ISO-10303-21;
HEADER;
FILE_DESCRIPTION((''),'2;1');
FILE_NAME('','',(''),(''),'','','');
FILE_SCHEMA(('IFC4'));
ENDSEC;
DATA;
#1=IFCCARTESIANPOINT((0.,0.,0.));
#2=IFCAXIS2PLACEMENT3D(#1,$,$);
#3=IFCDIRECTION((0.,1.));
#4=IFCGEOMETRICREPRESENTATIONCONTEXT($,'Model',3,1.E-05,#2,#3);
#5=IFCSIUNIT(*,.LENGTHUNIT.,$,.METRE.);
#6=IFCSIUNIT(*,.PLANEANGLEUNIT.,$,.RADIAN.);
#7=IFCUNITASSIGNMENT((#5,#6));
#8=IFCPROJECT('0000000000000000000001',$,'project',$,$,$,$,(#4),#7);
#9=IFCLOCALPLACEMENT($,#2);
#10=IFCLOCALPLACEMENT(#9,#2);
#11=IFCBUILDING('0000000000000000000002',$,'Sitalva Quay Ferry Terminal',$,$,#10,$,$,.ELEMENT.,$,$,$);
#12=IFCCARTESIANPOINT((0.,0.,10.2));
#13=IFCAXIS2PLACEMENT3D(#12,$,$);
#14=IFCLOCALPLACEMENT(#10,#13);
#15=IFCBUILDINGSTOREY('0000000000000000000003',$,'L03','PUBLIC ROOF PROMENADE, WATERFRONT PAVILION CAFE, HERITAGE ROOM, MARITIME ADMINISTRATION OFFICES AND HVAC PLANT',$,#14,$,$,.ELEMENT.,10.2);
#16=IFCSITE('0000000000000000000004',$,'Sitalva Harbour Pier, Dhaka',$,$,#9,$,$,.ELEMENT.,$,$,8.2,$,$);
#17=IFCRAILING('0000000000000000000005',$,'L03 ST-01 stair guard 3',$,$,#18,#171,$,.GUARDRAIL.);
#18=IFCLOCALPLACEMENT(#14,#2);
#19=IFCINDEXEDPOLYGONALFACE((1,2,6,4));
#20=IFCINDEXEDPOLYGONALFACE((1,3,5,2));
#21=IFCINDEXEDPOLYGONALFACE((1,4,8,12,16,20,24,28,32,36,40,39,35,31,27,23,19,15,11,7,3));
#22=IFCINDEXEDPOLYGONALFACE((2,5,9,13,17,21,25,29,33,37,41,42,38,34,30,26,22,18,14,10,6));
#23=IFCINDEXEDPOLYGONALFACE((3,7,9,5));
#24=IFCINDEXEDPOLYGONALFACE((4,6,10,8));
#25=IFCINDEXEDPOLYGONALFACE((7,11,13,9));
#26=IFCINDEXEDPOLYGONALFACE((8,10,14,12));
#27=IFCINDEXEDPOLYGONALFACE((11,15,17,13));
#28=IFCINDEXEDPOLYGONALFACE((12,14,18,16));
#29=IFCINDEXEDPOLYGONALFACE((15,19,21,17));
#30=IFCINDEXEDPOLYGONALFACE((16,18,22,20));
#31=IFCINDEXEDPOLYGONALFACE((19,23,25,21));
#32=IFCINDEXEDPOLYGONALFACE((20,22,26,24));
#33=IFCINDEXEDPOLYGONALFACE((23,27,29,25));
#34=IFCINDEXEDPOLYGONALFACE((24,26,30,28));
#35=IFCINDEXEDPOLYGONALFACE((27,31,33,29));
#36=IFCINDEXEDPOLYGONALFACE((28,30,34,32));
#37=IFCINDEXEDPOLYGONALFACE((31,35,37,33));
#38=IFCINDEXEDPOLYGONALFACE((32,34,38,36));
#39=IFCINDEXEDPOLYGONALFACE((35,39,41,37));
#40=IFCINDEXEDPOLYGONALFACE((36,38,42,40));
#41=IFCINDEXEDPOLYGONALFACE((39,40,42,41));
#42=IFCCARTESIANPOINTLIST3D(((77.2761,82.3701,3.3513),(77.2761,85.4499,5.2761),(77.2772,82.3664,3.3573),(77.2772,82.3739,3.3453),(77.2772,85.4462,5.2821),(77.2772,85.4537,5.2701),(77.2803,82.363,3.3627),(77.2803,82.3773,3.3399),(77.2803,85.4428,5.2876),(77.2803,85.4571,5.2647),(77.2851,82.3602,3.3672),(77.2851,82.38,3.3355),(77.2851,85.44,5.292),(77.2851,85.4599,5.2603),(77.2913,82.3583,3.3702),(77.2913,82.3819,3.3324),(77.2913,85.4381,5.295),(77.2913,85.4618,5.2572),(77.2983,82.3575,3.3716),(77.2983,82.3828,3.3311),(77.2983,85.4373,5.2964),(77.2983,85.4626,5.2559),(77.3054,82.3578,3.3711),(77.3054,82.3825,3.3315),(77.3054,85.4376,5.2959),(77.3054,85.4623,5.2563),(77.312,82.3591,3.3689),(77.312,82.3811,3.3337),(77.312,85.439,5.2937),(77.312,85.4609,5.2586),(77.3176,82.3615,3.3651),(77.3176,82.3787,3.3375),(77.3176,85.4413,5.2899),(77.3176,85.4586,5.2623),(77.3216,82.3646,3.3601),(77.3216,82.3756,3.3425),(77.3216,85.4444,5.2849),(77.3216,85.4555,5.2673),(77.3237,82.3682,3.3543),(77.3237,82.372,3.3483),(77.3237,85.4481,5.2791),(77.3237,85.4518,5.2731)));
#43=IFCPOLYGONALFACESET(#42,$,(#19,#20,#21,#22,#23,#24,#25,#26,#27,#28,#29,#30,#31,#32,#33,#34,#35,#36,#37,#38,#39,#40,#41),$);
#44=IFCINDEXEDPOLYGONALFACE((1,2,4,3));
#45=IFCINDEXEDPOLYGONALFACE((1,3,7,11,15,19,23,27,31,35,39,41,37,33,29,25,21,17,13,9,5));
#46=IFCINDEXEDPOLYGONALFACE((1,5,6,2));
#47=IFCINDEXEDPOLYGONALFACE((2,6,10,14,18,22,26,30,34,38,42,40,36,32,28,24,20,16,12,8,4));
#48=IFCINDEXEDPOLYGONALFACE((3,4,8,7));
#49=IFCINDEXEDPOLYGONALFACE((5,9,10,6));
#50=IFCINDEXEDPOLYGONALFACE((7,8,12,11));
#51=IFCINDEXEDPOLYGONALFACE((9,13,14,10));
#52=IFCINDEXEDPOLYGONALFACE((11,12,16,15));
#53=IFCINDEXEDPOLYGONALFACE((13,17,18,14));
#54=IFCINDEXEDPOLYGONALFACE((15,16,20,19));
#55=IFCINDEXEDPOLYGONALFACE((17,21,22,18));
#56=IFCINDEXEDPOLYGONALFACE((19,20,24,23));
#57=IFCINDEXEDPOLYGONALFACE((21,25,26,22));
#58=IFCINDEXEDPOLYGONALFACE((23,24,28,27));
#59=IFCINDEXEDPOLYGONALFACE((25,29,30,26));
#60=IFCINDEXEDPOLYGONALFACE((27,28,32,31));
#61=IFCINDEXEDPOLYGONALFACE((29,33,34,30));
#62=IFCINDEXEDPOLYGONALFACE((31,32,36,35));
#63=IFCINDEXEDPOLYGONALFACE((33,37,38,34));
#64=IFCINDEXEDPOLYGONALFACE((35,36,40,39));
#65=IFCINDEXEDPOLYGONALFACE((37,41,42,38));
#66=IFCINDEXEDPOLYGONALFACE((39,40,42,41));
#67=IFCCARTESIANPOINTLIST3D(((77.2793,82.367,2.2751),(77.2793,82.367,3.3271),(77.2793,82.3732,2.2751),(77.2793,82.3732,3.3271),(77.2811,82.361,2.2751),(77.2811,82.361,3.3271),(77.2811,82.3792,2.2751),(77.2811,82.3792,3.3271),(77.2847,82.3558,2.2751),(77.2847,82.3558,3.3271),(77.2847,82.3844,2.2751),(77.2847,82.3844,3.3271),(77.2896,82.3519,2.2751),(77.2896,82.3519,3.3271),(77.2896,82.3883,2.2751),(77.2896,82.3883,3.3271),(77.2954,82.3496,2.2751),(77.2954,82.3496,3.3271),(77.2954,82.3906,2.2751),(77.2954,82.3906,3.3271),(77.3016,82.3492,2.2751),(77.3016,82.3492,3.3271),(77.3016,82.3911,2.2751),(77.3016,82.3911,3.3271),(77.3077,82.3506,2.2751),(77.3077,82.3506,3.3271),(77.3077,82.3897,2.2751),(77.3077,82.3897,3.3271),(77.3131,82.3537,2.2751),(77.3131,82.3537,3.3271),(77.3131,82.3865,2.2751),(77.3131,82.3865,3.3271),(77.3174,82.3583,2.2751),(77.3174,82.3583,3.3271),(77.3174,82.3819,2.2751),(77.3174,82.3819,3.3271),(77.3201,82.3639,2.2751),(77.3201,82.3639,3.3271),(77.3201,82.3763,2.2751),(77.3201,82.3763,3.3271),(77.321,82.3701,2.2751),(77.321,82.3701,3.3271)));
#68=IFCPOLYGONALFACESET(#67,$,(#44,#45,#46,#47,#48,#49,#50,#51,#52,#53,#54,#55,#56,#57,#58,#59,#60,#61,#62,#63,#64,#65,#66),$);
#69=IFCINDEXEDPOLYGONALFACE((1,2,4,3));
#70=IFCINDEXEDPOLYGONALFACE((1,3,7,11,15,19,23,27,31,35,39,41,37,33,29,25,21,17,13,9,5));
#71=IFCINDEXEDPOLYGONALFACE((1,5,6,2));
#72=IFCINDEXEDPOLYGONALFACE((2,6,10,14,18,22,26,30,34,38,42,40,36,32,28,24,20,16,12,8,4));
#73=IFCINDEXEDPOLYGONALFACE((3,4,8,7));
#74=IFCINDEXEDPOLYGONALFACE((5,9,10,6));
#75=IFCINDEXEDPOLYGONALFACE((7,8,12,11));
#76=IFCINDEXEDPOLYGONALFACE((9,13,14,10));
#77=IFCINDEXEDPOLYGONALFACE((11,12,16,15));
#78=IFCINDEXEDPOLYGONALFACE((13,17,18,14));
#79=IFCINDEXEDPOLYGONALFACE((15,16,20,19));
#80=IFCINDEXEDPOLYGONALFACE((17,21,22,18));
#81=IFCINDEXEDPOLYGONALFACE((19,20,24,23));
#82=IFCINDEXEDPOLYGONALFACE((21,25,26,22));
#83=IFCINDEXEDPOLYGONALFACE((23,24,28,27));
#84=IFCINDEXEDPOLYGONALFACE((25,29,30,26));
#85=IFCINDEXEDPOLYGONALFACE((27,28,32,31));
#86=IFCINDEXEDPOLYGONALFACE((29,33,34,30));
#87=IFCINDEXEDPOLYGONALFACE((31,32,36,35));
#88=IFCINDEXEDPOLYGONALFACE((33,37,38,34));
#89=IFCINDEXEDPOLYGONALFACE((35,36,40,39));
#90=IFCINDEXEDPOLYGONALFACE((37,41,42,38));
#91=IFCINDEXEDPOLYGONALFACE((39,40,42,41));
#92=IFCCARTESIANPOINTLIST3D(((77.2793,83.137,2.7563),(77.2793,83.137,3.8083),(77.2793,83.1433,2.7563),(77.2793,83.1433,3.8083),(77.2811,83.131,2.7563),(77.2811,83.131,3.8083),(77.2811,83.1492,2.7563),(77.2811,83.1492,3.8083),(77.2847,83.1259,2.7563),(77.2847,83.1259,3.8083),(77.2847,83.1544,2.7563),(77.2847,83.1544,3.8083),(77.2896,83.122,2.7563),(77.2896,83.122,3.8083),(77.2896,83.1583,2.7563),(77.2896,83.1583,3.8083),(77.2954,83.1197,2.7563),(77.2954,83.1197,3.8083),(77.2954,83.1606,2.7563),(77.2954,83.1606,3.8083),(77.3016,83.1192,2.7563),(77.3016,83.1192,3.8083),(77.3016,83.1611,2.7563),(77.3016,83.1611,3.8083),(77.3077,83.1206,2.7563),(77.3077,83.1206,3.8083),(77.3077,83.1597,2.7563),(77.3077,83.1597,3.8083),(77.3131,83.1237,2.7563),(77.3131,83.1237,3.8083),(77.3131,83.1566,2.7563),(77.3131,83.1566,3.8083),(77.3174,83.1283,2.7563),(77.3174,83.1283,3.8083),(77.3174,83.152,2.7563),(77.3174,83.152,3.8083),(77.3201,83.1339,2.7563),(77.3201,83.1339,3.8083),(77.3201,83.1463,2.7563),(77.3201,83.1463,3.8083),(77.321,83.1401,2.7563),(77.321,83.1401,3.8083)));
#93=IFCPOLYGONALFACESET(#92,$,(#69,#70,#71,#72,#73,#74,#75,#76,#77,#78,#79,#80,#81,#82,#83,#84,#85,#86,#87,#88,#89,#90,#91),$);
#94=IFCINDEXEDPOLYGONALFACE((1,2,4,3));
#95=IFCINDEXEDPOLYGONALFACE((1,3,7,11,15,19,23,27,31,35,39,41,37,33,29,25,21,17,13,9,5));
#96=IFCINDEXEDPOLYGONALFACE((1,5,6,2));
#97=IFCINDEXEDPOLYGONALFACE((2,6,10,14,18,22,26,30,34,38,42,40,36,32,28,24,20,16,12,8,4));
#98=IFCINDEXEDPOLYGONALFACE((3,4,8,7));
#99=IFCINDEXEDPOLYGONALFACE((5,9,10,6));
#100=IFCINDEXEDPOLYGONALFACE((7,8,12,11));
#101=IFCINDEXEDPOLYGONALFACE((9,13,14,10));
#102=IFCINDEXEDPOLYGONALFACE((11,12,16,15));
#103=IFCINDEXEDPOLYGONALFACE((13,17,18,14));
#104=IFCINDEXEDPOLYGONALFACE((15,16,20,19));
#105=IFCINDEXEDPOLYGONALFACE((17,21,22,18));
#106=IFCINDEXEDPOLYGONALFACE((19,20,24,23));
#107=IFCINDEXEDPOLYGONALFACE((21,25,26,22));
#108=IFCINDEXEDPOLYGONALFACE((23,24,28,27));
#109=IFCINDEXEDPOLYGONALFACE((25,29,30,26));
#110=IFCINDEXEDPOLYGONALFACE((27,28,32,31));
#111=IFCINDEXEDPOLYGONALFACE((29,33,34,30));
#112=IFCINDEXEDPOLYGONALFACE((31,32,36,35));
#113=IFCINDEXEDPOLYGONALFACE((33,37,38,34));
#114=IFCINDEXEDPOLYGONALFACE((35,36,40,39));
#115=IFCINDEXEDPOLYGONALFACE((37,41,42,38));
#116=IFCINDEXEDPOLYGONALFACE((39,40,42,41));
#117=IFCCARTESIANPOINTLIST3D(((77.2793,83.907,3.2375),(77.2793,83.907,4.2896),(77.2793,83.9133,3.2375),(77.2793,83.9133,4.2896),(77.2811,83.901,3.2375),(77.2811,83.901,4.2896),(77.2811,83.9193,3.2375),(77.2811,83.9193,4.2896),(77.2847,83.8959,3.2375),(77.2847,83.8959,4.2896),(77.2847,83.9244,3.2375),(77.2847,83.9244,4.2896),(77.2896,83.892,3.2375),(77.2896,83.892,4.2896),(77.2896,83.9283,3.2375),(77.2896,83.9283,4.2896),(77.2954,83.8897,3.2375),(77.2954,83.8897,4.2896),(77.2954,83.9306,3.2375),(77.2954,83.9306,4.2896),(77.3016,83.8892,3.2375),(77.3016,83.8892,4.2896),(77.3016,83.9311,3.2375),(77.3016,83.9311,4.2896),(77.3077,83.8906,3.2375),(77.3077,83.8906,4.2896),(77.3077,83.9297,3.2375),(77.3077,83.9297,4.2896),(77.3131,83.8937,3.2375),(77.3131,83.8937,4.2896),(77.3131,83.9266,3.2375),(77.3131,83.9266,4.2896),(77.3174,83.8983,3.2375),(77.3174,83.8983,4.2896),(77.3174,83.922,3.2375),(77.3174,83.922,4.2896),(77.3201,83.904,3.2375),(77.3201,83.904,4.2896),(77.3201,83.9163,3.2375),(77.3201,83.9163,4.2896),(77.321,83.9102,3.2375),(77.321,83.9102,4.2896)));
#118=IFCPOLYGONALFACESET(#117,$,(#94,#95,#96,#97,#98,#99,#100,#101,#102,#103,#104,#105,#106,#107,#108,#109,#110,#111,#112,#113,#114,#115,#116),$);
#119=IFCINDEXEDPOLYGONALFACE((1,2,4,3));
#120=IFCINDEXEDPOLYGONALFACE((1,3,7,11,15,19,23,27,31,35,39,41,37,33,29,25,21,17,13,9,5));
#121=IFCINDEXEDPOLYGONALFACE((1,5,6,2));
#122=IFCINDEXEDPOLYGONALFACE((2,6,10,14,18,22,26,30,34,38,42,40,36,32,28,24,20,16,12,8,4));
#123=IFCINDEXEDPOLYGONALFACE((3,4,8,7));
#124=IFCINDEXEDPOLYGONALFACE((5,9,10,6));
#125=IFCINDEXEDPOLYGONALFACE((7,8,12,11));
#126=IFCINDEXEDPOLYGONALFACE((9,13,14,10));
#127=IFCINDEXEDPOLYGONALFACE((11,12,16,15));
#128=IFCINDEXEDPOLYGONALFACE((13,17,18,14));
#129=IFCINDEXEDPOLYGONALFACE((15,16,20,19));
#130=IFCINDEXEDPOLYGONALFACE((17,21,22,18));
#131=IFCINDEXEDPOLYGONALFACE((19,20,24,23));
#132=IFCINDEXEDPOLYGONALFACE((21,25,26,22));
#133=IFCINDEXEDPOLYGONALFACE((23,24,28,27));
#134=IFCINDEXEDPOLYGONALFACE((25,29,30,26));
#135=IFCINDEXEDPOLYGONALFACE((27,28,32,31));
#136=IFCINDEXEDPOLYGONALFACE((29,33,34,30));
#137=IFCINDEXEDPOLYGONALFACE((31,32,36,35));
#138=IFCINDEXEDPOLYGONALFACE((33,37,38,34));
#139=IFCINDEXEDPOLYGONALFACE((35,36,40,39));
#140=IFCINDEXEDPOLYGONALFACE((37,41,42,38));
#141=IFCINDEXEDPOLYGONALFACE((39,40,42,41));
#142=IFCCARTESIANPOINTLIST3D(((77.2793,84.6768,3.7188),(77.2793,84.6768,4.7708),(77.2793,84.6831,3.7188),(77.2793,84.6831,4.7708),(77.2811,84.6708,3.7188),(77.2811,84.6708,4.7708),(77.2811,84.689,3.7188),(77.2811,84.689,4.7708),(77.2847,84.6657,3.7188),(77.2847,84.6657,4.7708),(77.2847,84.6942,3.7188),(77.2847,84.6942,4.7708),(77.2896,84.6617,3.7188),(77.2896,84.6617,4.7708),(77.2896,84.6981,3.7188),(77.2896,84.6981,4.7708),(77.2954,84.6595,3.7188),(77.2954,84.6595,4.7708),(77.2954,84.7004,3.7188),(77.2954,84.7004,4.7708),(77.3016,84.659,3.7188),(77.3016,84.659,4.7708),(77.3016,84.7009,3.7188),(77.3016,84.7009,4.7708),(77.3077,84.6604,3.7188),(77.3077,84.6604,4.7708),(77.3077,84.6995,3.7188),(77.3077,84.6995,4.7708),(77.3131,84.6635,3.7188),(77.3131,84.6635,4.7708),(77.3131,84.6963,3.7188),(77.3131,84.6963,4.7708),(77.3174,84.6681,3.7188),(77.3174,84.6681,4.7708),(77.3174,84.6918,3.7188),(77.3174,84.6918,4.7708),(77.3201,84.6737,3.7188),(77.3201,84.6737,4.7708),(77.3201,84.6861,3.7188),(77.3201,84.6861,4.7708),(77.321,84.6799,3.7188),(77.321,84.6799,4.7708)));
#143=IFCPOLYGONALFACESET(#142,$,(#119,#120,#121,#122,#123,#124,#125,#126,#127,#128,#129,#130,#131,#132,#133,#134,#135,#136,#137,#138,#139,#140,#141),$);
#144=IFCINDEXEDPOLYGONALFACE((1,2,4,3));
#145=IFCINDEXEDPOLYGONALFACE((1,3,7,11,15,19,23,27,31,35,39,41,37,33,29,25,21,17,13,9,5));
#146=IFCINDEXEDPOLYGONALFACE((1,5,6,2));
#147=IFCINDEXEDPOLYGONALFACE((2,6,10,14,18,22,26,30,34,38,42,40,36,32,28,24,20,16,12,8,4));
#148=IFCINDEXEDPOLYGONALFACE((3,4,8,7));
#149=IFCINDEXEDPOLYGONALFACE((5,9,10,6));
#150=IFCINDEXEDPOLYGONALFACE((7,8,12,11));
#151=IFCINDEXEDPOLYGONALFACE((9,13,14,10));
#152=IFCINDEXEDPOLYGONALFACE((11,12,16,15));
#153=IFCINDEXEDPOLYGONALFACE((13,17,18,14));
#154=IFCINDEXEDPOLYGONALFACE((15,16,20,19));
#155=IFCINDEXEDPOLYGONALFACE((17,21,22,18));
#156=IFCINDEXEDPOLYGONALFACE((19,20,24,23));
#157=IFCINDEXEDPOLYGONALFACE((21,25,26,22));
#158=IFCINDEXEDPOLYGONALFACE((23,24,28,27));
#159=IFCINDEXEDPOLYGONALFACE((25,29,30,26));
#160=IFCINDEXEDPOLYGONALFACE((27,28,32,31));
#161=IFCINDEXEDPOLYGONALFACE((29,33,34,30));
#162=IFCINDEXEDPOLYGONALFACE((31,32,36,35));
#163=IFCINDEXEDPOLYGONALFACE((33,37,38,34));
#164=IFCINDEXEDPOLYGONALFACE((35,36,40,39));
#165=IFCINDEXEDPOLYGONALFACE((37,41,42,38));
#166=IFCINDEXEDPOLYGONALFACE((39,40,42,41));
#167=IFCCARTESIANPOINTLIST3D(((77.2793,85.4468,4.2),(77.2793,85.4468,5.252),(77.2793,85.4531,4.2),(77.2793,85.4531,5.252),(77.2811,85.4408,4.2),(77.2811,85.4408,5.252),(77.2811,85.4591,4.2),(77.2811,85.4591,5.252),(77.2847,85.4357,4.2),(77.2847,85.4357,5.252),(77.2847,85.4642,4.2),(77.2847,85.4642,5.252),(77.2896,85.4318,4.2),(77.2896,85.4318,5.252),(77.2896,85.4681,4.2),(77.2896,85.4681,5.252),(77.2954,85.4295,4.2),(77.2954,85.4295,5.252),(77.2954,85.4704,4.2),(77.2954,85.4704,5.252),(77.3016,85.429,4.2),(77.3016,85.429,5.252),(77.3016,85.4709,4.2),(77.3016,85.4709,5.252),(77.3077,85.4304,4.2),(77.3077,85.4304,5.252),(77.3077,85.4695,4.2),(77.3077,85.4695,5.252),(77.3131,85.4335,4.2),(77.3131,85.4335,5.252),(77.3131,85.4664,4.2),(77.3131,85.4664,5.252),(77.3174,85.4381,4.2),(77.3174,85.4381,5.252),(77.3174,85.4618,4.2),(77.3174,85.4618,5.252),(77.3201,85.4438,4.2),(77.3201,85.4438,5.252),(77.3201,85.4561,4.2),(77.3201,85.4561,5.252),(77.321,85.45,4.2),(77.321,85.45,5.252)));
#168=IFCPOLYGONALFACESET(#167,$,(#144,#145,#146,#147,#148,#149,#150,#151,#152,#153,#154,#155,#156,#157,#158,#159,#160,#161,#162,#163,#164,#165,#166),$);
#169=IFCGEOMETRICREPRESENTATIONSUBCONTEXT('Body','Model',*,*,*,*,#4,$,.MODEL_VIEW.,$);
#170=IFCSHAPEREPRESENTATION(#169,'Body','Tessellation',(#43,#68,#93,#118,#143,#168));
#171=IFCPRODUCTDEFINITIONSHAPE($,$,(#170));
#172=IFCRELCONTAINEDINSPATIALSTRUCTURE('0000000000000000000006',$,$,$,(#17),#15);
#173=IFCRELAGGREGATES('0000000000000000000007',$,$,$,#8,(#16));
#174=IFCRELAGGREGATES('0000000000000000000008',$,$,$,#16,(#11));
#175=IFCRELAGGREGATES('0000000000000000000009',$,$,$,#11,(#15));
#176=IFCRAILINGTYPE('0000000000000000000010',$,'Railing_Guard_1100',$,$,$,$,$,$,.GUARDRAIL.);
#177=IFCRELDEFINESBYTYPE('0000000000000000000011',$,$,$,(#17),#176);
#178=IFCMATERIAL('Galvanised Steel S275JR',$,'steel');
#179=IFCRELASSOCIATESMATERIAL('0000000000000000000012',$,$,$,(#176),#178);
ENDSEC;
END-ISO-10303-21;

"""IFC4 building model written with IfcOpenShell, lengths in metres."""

from ifc_helpers import new_model, si_unit, direction, frame, origin, origin_2d, place, context, subcontext, project, spatial, circle, extrude, material, type_object, element, save


model = new_model("IFC4")

# Units and contexts
model_context = context("Model", 3, precision=1e-05, world=origin(), true_north=direction((0.0, 1.0)))
body_context = subcontext(model_context, "Body", "Model", "MODEL_VIEW")
ifc_project = project(units=[si_unit("LENGTHUNIT", "METRE"), si_unit("PLANEANGLEUNIT", "RADIAN")], contexts=[model_context])

# Site, building, storey
site_placement = place(None, origin())
site = spatial("IfcSite", under=ifc_project, at=site_placement, Name="Sitalva Harbour Pier, Dhaka", CompositionType="ELEMENT", RefElevation=8.2)
building_placement = place(site_placement, origin())
building = spatial("IfcBuilding", under=site, at=building_placement, Name="Sitalva Quay Ferry Terminal", CompositionType="ELEMENT")
storey_placement = place(building_placement, frame((0.0, 0.0, 10.2)))
storey = spatial("IfcBuildingStorey", under=building, at=storey_placement, Name="L03", Description="PUBLIC ROOF PROMENADE, WATERFRONT PAVILION CAFE, HERITAGE ROOM, MARITIME ADMINISTRATION OFFICES AND HVAC PLANT", CompositionType="ELEMENT", Elevation=10.2)

# Railing
ifc_material_1 = material(Name="Galvanised Steel S275JR", Category="steel")
railing_type_1 = type_object("IfcRailingType", Name="Railing_Guard_1100", PredefinedType="GUARDRAIL", material=ifc_material_1)
railing_1_placement = place(storey_placement, frame((77.3, 82.3701, 2.2751)))
element("IfcRailing", 1, at=railing_1_placement, inside=storey, type_object=railing_type_1, Name="L03 ST-01 stair guard 3", PredefinedType="GUARDRAIL", context=body_context, shape_type="SweptSolid", body=[
    extrude(circle(Radius=0.0239, at=origin_2d()), frame((0.0, 0.0, 1.0762), z_axis=(0.0, 0.84801, 0.529981), x_axis=(-1.0, 0.0, 0.0)), (0.0, 0.0, 1.0), 3.6318),
    extrude(circle(Radius=0.021, at=origin_2d()), origin(), (0.0, 0.0, 1.0), 1.052),
    extrude(circle(Radius=0.021, at=origin_2d()), frame((0.0, 0.77, 0.4812)), (0.0, 0.0, 1.0), 1.052),
    extrude(circle(Radius=0.021, at=origin_2d()), frame((0.0, 1.54, 0.9624)), (0.0, 0.0, 1.0), 1.052),
    extrude(circle(Radius=0.021, at=origin_2d()), frame((0.0, 2.3098, 1.4436)), (0.0, 0.0, 1.0), 1.052),
    extrude(circle(Radius=0.021, at=origin_2d()), frame((0.0, 3.0798, 1.9248)), (0.0, 0.0, 1.0), 1.052),
])

save(model, "model.ifc")
